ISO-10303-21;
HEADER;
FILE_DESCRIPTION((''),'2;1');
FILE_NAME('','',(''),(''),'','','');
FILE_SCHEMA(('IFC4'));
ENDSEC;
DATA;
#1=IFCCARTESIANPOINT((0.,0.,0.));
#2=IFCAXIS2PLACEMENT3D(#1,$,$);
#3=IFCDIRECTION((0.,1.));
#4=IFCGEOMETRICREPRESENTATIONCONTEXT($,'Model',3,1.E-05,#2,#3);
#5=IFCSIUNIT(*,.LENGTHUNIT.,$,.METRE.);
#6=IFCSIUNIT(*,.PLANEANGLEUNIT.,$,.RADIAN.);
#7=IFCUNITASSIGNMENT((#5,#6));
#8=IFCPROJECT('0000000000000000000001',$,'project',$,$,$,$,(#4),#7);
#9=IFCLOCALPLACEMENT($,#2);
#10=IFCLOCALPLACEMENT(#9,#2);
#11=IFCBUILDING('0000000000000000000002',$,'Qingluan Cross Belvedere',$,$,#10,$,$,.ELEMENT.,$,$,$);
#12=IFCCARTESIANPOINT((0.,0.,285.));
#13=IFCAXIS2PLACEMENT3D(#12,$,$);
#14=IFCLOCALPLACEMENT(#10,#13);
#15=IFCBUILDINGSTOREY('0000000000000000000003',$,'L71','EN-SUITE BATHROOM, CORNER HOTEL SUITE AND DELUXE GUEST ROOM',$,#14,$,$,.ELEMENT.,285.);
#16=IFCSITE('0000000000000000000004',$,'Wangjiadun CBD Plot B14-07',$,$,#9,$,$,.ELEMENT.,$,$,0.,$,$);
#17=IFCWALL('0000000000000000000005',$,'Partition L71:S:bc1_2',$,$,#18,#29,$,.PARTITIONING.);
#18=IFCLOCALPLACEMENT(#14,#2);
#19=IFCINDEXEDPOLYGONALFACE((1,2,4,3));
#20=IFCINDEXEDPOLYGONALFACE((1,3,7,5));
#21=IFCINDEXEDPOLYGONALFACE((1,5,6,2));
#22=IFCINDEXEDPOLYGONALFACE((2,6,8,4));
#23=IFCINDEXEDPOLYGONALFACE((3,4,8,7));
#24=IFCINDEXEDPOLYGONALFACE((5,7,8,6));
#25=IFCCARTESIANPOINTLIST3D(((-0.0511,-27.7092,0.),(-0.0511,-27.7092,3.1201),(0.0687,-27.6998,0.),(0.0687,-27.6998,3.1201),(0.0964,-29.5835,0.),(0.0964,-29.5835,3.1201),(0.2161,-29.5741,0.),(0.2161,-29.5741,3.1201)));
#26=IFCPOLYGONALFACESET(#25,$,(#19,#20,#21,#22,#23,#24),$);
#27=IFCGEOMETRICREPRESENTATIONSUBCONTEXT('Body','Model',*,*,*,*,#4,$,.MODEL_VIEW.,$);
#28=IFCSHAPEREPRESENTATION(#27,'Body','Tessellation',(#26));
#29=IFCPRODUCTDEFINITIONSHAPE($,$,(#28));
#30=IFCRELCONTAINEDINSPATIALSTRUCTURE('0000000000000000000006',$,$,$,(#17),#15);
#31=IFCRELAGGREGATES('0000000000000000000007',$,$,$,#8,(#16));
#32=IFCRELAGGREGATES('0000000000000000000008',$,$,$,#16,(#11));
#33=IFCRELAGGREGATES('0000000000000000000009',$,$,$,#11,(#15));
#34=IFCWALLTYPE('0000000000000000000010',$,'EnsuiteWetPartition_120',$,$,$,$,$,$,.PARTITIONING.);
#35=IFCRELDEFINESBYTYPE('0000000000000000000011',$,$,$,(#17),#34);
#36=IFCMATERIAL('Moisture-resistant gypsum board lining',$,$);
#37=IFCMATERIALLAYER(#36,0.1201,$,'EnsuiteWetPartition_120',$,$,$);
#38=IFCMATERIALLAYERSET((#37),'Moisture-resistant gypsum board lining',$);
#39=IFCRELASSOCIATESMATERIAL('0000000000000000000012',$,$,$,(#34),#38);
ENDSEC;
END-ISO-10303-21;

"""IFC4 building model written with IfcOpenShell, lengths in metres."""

from ifc_helpers import new_model, si_unit, direction, frame, frame_2d, origin, place, context, subcontext, project, spatial, rectangle, extrude, material, layer, layer_set, type_object, element, save


model = new_model("IFC4")

# Units and contexts
model_context = context("Model", 3, precision=1e-05, world=origin(), true_north=direction((0.0, 1.0)))
body_context = subcontext(model_context, "Body", "Model", "MODEL_VIEW")
ifc_project = project(units=[si_unit("LENGTHUNIT", "METRE"), si_unit("PLANEANGLEUNIT", "RADIAN")], contexts=[model_context])

# Site, building, storey
site_placement = place(None, origin())
site = spatial("IfcSite", under=ifc_project, at=site_placement, Name="Wangjiadun CBD Plot B14-07", CompositionType="ELEMENT", RefElevation=0.0)
building_placement = place(site_placement, origin())
building = spatial("IfcBuilding", under=site, at=building_placement, Name="Qingluan Cross Belvedere", CompositionType="ELEMENT")
storey_placement = place(building_placement, frame((0.0, 0.0, 285.0)))
storey = spatial("IfcBuildingStorey", under=building, at=storey_placement, Name="L71", Description="EN-SUITE BATHROOM, CORNER HOTEL SUITE AND DELUXE GUEST ROOM", CompositionType="ELEMENT", Elevation=285.0)

# Shared definitions
ifc_material_1 = material(Name="Moisture-resistant gypsum board lining")
ifc_layer_1 = layer(ifc_material_1, 0.1201, Name="EnsuiteWetPartition_120")
ifc_layer_set_1 = layer_set([ifc_layer_1], Name="Moisture-resistant gypsum board lining")
wall_type_1 = type_object("IfcWallType", Name="EnsuiteWetPartition_120", PredefinedType="PARTITIONING", material=ifc_layer_set_1)

# Wall
wall_1_placement = place(storey_placement, frame((0.0088, -27.7046, 0.0), z_axis=(0.0, 0.0, 1.0), x_axis=(0.078434, -0.996919, 0.0)))
element("IfcWall", 1, at=wall_1_placement, inside=storey, type_object=wall_type_1, Name="Partition L71:S:bc1_2", PredefinedType="PARTITIONING", context=body_context, shape_type="SweptSolid", body=[
    extrude(rectangle(XDim=1.8801, YDim=0.1201, at=frame_2d((0.9399, 0.0))), origin(), (0.0, 0.0, 1.0), 3.1201),
])

save(model, "model.ifc")
